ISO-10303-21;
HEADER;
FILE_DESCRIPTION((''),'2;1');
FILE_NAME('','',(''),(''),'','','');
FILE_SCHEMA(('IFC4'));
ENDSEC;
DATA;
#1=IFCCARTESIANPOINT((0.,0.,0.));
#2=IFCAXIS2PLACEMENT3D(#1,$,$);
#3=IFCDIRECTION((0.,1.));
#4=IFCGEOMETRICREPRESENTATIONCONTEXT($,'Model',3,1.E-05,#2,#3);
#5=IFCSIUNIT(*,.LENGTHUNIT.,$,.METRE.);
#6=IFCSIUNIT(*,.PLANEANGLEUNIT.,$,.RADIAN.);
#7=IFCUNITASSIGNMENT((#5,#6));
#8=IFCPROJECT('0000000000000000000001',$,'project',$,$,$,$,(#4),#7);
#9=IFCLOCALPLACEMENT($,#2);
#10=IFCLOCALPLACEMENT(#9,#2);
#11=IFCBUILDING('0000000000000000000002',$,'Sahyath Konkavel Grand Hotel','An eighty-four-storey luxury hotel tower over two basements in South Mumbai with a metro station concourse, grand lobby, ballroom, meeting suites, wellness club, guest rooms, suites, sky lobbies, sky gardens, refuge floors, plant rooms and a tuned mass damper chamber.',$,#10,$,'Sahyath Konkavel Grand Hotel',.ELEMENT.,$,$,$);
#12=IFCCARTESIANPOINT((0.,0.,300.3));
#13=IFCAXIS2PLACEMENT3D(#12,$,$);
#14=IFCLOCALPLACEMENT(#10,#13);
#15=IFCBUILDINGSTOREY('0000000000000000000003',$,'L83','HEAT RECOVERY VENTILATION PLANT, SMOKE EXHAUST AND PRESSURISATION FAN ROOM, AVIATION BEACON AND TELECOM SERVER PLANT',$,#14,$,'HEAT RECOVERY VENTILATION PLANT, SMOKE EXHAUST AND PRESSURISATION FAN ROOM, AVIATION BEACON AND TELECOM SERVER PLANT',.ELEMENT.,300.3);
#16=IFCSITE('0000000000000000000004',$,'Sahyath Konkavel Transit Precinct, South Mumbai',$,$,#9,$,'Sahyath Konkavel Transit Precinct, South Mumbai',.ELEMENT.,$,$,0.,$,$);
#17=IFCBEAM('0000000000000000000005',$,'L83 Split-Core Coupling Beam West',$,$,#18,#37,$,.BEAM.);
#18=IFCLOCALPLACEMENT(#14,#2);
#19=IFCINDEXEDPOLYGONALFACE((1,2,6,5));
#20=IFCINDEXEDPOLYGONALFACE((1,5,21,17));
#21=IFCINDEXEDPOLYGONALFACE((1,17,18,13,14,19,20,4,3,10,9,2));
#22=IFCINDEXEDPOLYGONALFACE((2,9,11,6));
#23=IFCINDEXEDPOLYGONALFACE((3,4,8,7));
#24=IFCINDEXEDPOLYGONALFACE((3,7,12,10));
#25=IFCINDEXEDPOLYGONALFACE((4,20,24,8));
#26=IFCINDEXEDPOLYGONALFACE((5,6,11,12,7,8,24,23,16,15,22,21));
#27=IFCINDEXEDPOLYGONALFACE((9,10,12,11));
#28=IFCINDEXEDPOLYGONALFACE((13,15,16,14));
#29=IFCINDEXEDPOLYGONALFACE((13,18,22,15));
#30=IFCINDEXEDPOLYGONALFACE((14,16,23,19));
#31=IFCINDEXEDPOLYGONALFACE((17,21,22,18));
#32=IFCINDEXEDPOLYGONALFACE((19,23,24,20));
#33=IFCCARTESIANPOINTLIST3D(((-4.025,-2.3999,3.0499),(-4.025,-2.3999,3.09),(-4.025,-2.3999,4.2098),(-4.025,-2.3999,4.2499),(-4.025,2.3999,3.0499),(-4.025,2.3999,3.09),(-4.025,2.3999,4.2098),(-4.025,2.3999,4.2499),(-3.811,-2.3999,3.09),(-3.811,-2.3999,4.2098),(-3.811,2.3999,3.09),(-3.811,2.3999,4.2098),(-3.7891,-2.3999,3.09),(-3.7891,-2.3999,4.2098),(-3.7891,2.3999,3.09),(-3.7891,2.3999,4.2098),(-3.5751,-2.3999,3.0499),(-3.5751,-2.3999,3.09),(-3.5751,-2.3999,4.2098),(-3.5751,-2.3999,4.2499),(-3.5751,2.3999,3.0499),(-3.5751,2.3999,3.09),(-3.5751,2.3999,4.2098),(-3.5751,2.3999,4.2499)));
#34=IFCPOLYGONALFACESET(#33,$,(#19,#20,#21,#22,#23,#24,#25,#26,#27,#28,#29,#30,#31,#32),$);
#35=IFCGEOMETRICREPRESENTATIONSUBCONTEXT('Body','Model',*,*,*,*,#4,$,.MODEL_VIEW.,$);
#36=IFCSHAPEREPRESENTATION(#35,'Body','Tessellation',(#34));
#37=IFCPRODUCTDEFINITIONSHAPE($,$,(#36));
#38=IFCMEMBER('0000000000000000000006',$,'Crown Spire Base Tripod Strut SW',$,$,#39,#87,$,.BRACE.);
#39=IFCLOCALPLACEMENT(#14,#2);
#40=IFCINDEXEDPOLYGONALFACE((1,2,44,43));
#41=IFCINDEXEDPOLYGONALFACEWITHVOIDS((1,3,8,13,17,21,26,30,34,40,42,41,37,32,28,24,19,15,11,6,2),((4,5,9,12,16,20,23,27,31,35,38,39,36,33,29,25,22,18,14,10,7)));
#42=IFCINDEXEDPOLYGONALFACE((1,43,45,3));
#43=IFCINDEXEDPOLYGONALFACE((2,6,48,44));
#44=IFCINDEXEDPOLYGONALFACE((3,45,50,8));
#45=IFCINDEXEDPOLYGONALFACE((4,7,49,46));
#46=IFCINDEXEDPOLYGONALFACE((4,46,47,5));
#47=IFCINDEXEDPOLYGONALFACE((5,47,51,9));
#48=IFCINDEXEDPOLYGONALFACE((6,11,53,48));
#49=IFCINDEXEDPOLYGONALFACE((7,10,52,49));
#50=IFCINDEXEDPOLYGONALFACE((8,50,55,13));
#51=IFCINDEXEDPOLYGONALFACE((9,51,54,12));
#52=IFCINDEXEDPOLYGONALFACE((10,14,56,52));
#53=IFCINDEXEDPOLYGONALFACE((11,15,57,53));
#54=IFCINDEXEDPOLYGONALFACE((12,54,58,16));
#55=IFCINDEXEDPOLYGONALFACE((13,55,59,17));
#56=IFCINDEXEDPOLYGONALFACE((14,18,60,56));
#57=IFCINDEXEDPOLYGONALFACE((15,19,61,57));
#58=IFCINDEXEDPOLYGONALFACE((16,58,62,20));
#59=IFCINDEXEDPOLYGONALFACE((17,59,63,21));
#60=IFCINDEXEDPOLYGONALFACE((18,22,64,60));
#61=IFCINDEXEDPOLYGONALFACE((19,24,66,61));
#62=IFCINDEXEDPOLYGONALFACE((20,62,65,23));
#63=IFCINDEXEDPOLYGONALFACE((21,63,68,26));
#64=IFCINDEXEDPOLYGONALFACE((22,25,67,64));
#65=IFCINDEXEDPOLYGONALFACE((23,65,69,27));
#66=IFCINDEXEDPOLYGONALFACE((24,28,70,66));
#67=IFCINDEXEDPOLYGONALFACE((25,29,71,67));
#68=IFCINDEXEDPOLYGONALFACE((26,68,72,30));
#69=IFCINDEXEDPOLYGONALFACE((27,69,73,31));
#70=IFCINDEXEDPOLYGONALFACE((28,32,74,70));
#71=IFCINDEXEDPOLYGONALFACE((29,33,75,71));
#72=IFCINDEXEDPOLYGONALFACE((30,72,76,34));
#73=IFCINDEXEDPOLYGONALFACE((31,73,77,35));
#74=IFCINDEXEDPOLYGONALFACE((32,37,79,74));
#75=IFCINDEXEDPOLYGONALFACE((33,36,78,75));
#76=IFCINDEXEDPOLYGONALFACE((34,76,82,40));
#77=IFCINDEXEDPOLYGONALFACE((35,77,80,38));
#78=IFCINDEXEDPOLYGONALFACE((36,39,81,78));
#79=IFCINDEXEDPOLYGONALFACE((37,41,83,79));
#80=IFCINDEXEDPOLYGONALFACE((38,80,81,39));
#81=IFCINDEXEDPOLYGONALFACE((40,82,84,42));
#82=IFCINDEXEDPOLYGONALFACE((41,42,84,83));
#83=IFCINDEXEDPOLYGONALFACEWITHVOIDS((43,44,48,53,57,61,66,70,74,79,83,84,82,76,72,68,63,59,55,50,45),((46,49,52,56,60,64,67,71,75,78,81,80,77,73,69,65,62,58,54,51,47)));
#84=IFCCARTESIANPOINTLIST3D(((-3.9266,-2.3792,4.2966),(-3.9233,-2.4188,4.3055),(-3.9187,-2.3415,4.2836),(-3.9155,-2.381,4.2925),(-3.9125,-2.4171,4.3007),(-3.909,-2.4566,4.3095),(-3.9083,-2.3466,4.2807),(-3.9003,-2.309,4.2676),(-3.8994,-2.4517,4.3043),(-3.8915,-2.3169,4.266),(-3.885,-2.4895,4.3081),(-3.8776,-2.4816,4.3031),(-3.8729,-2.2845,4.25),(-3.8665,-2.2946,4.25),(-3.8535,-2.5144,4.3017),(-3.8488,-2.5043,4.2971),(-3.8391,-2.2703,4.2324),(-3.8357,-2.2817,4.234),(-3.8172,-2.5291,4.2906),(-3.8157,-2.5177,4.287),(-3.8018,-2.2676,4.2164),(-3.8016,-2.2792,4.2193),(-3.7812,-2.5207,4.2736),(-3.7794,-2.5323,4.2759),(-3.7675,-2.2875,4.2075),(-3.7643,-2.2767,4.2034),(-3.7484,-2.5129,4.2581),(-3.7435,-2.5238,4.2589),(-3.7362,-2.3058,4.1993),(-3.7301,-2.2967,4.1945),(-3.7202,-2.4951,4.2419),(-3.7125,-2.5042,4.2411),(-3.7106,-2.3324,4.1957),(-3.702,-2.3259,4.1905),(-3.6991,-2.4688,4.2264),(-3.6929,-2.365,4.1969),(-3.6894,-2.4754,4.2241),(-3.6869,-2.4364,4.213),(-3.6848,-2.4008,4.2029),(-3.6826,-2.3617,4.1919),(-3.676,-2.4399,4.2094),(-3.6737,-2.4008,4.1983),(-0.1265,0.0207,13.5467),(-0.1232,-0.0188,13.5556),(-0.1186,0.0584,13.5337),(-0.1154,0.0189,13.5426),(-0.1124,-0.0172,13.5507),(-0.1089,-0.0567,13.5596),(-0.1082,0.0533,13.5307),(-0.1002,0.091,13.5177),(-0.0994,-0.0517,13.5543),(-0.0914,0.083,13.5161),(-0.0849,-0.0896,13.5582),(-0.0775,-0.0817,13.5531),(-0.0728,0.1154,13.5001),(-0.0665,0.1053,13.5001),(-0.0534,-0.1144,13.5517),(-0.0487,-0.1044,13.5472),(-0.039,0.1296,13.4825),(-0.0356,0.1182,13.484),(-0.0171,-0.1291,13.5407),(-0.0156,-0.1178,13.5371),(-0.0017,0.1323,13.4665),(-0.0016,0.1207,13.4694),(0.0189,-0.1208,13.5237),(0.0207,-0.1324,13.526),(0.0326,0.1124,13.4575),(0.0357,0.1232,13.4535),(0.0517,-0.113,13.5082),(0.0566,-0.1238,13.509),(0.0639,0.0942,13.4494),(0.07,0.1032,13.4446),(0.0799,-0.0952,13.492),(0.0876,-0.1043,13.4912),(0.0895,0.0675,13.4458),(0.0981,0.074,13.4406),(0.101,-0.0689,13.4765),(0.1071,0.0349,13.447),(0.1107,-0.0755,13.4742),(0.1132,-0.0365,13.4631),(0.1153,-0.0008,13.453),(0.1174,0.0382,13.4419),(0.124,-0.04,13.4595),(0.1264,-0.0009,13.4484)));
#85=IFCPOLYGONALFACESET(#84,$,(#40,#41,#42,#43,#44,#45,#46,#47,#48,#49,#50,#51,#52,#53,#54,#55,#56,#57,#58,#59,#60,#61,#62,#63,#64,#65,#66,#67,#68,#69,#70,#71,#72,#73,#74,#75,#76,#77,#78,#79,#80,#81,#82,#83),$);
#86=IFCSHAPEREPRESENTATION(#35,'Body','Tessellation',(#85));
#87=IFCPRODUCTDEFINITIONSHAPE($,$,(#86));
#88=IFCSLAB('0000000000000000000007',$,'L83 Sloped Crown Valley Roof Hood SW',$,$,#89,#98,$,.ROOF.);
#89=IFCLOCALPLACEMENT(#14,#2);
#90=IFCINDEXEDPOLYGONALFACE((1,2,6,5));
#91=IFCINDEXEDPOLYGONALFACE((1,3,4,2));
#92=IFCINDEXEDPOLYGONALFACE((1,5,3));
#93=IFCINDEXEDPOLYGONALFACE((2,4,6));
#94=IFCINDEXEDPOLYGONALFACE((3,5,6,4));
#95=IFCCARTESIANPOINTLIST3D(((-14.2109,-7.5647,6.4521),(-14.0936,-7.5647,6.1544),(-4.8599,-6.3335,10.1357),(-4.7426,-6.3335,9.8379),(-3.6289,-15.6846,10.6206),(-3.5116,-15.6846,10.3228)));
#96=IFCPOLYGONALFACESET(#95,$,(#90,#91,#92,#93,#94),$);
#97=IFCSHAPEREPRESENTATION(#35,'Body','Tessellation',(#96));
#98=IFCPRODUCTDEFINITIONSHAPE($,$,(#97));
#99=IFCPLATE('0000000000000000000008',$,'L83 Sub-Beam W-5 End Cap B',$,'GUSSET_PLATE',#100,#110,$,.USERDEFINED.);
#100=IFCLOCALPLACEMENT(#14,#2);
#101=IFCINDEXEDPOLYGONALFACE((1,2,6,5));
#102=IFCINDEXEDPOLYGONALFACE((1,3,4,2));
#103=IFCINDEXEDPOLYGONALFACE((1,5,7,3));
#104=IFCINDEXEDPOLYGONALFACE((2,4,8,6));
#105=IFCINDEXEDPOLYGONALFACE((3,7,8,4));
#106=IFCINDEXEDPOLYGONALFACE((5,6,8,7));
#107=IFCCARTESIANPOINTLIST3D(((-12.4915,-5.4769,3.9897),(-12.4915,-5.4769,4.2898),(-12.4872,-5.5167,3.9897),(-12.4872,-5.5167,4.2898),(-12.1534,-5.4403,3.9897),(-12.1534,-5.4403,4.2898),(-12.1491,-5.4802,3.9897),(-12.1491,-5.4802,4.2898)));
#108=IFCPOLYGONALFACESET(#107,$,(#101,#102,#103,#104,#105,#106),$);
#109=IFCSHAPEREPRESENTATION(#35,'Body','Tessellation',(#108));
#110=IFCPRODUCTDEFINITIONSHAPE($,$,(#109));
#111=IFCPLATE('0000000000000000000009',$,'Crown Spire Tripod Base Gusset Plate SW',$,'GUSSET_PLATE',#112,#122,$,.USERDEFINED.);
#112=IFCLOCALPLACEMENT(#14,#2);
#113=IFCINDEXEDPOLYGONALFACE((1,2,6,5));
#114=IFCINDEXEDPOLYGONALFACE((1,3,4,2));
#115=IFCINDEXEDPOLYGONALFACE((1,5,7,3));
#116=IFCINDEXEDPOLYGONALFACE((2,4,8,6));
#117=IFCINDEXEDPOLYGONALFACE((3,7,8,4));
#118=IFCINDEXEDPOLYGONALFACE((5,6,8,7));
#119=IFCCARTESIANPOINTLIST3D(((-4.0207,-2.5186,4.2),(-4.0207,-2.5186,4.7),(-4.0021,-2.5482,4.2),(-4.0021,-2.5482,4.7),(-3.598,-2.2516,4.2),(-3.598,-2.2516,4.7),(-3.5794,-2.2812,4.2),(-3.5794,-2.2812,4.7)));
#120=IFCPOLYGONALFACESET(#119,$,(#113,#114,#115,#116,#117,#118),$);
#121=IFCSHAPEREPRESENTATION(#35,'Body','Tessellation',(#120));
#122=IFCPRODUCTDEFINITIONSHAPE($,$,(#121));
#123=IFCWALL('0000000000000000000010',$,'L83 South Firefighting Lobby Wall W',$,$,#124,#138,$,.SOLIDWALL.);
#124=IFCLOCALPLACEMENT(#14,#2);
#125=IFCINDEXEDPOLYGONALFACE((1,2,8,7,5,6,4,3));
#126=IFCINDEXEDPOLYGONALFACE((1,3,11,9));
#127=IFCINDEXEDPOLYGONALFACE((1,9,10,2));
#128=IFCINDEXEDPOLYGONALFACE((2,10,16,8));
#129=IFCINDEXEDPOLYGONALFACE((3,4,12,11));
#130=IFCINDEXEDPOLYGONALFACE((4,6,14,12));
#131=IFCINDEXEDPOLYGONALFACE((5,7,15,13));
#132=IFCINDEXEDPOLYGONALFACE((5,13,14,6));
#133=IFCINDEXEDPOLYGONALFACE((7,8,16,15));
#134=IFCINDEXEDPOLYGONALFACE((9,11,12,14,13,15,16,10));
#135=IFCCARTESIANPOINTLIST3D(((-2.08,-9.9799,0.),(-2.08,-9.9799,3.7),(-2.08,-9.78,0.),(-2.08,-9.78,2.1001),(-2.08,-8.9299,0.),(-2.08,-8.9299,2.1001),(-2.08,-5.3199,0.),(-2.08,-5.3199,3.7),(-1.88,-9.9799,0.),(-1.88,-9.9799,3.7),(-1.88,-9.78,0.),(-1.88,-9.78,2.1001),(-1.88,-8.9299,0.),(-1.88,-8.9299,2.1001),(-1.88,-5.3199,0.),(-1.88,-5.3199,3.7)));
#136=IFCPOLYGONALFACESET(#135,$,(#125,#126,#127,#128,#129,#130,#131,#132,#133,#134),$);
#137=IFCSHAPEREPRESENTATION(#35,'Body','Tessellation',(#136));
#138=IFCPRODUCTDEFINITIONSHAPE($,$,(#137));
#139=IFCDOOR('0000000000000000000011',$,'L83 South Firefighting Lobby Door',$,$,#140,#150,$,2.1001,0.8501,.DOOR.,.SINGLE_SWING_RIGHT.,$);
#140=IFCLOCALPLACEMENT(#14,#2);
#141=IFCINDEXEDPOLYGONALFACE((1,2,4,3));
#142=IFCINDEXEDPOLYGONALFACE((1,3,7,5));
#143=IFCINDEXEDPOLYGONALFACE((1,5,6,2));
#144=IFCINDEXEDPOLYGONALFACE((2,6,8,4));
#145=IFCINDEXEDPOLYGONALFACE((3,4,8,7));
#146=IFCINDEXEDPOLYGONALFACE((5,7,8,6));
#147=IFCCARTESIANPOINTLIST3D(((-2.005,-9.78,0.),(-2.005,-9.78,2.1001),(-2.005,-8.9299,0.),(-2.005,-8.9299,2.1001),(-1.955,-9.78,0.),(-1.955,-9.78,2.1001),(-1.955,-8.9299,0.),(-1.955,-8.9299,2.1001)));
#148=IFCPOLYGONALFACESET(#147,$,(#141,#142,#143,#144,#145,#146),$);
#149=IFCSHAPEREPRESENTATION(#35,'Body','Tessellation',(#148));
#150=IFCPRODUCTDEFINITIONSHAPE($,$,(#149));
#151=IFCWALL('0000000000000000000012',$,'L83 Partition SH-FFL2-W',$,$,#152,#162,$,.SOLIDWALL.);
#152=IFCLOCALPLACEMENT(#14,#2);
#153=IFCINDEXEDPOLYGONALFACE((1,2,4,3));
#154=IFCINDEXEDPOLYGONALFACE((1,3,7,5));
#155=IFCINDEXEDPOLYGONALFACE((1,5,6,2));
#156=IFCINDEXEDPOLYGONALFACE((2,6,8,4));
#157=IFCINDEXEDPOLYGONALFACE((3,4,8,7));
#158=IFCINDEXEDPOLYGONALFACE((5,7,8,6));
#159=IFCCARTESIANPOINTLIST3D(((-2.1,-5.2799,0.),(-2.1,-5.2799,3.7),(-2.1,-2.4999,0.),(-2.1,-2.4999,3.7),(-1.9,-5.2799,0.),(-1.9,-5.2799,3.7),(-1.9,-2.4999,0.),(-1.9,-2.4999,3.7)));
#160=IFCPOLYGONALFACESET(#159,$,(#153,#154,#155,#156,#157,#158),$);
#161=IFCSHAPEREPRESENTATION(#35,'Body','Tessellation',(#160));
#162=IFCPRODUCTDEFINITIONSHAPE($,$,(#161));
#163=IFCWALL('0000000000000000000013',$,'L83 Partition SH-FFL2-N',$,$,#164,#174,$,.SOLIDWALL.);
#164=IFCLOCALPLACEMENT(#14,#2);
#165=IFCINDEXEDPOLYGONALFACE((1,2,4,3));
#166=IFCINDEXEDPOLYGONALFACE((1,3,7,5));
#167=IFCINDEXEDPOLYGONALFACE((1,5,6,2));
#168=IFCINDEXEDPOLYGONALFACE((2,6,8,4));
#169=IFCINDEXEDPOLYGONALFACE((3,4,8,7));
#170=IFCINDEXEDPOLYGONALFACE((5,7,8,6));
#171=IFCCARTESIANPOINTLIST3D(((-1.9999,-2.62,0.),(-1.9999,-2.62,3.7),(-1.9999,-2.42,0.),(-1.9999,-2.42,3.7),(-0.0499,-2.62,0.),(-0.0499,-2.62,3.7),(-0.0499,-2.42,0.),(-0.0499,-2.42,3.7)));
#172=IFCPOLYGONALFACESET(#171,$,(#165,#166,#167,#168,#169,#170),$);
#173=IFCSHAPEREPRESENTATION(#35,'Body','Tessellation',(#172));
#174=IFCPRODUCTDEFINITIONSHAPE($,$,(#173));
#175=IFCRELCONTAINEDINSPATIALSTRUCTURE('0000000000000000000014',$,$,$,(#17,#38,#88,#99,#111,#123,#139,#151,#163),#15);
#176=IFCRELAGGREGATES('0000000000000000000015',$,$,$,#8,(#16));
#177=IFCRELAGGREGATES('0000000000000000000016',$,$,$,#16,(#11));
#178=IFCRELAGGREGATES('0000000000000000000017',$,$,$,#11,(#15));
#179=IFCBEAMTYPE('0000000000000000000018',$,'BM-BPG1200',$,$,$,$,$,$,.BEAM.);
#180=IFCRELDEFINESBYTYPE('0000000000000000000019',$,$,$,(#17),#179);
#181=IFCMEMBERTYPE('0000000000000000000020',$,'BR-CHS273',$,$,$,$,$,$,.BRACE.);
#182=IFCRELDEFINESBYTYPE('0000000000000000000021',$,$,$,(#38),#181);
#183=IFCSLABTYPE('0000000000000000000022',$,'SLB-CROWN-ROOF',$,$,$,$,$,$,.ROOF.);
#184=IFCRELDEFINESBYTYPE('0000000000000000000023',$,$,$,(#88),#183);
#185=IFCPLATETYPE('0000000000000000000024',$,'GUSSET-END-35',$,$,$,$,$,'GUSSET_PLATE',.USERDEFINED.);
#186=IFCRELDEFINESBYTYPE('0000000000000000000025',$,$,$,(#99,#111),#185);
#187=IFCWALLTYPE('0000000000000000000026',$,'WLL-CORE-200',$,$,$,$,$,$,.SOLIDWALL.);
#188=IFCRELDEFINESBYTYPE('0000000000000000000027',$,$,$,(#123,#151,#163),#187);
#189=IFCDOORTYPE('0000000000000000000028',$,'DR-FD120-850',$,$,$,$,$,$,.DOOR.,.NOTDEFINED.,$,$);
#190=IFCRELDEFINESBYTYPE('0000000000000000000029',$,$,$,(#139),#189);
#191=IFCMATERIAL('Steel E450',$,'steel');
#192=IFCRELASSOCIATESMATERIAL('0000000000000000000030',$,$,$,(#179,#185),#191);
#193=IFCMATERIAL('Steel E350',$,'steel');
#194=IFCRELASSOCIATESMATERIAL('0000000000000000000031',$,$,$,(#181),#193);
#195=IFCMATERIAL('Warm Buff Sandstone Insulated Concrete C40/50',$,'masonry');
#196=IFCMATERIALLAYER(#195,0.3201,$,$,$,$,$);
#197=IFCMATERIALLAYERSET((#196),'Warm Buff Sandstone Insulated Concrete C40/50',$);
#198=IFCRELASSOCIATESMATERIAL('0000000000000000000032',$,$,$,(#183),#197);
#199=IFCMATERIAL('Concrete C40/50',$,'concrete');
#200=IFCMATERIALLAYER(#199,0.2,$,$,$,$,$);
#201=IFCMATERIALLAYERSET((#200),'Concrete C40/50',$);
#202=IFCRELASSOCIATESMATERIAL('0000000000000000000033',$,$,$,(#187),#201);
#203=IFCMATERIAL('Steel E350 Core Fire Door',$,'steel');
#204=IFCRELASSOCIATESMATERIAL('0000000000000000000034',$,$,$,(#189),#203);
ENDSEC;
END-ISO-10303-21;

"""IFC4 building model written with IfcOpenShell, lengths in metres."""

from ifc_helpers import new_model, si_unit, direction, frame, frame_2d, origin, origin_2d, place, context, subcontext, project, spatial, polyline, rectangle, hollow_circle, i_section, outline, extrude, source, transform, mapped, material, layer, layer_set, material_profile, profile_set, type_object, element, fill, save


model = new_model("IFC4")

# Units and contexts
model_context = context("Model", 3, precision=1e-05, world=origin(), true_north=direction((0.0, 1.0)))
body_context = subcontext(model_context, "Body", "Model", "MODEL_VIEW")
ifc_project = project(units=[si_unit("LENGTHUNIT", "METRE"), si_unit("PLANEANGLEUNIT", "RADIAN")], contexts=[model_context])

# Site, building, storey
site_placement = place(None, origin())
site = spatial("IfcSite", under=ifc_project, at=site_placement, Name="Sahyath Konkavel Transit Precinct, South Mumbai", LongName="Sahyath Konkavel Transit Precinct, South Mumbai", CompositionType="ELEMENT", RefElevation=0.0)
building_placement = place(site_placement, origin())
building = spatial("IfcBuilding", under=site, at=building_placement, Name="Sahyath Konkavel Grand Hotel", Description="An eighty-four-storey luxury hotel tower over two basements in South Mumbai with a metro station concourse, grand lobby, ballroom, meeting suites, wellness club, guest rooms, suites, sky lobbies, sky gardens, refuge floors, plant rooms and a tuned mass damper chamber.", LongName="Sahyath Konkavel Grand Hotel", CompositionType="ELEMENT")
storey_placement = place(building_placement, frame((0.0, 0.0, 300.3)))
storey = spatial("IfcBuildingStorey", under=building, at=storey_placement, Name="L83", Description="HEAT RECOVERY VENTILATION PLANT, SMOKE EXHAUST AND PRESSURISATION FAN ROOM, AVIATION BEACON AND TELECOM SERVER PLANT", LongName="HEAT RECOVERY VENTILATION PLANT, SMOKE EXHAUST AND PRESSURISATION FAN ROOM, AVIATION BEACON AND TELECOM SERVER PLANT", CompositionType="ELEMENT", Elevation=300.3)

# Shared definitions
ifc_material_1 = material(Name="Concrete C40/50", Category="concrete")
ifc_material_2 = material(Name="Steel E350", Category="steel")

# Beam
ifc_material_3 = material(Name="Steel E450", Category="steel")
ifc_material_profile_1 = material_profile(ifc_material_3, i_section(OverallWidth=0.45, OverallDepth=1.2, WebThickness=0.022, FlangeThickness=0.04, at=origin_2d()), Name="BPG 1200x450")
ifc_profile_set_1 = profile_set([ifc_material_profile_1], Name="Steel E450")
beam_type_1 = type_object("IfcBeamType", Name="BM-BPG1200", PredefinedType="BEAM", material=ifc_profile_set_1)
shared_shape_1 = source(origin(), body_context, "Body", "SweptSolid", [
    extrude(i_section(OverallWidth=0.45, OverallDepth=1.2, WebThickness=0.022, FlangeThickness=0.04, at=origin_2d()), origin(), (0.0, 0.0, 1.0), 4.7998),
])
beam_1_placement = place(storey_placement, frame((-3.8, -2.3999, 3.6499), z_axis=(0.0, 1.0, 0.0), x_axis=(-1.0, 0.0, 0.0)))
element("IfcBeam", 1, at=beam_1_placement, inside=storey, type_object=beam_type_1, Name="L83 Split-Core Coupling Beam West", PredefinedType="BEAM", context=body_context, shape_type="MappedRepresentation", body=[
    mapped(shared_shape_1, transform((0.0, 0.0, 0.0), scale=1.0)),
])

# Member
ifc_material_profile_2 = material_profile(ifc_material_2, hollow_circle(Radius=0.1365, WallThickness=0.012, at=origin_2d()), Name="CHS 273.0x12")
ifc_profile_set_2 = profile_set([ifc_material_profile_2], Name="Steel E350")
member_type = type_object("IfcMemberType", Name="BR-CHS273", PredefinedType="BRACE", material=ifc_profile_set_2)
shared_shape_2 = source(origin(), body_context, "Body", "SweptSolid", [
    extrude(hollow_circle(Radius=0.1365, WallThickness=0.012, at=origin_2d()), origin(), (0.0, 0.0, 1.0), 10.2842),
])
member_placement = place(storey_placement, frame((-3.8, -2.3999, 4.25), z_axis=(0.369508, 0.233361, 0.899448), x_axis=(-0.533973, 0.845502, 0.0)))
element("IfcMember", 2, at=member_placement, inside=storey, type_object=member_type, Name="Crown Spire Base Tripod Strut SW", PredefinedType="BRACE", context=body_context, shape_type="MappedRepresentation", body=[
    mapped(shared_shape_2, transform((0.0, 0.0, 0.0), scale=1.0)),
])

# Slab
ifc_material_4 = material(Name="Warm Buff Sandstone Insulated Concrete C40/50", Category="masonry")
ifc_layer_1 = layer(ifc_material_4, 0.3201)
ifc_layer_set_1 = layer_set([ifc_layer_1], Name="Warm Buff Sandstone Insulated Concrete C40/50")
slab_type = type_object("IfcSlabType", Name="SLB-CROWN-ROOF", PredefinedType="ROOF", material=ifc_layer_set_1)
slab_placement = place(storey_placement, frame((-14.2109, -7.5647, 6.4521), z_axis=(-0.36651, -0.000004, 0.930414), x_axis=(0.92351, 0.121593, 0.363791)))
element("IfcSlab", 3, at=slab_placement, inside=storey, type_object=slab_type, Name="L83 Sloped Crown Valley Roof Hood SW", PredefinedType="ROOF", context=body_context, shape_type="SweptSolid", body=[
    extrude(outline(polyline([(0.0, 0.0), (10.1256, 0.0), (10.3017, -9.4426), (0.0, 0.0)])), origin(), (0.0, 0.0, -1.0), 0.3201),
])

# Plates
plate_type = type_object("IfcPlateType", Name="GUSSET-END-35", ElementType="GUSSET_PLATE", PredefinedType="USERDEFINED", material=ifc_material_3)
shared_shape_3 = source(origin(), body_context, "Body", "SweptSolid", [
    extrude(rectangle(XDim=0.04, YDim=0.3401, at=origin_2d()), origin(), (0.0, 0.0, 1.0), 0.3),
])
plate_1_placement = place(storey_placement, frame((-12.3203, -5.4785, 3.9897), z_axis=(0.0, 0.0, 1.0), x_axis=(0.107427, -0.994213, 0.0)))
element("IfcPlate", 4, at=plate_1_placement, inside=storey, type_object=plate_type, Name="L83 Sub-Beam W-5 End Cap B", ObjectType="GUSSET_PLATE", PredefinedType="USERDEFINED", context=body_context, shape_type="MappedRepresentation", body=[
    mapped(shared_shape_3, transform((0.0, 0.0, 0.0), scale=1.0)),
])
shared_shape_4 = source(origin(), body_context, "Body", "SweptSolid", [
    extrude(rectangle(XDim=0.5, YDim=0.0349, at=origin_2d()), origin(), (0.0, 0.0, 1.0), 0.5),
])
plate_2_placement = place(storey_placement, frame((-3.8, -2.3999, 4.2), z_axis=(0.0, 0.0, 1.0), x_axis=(0.845486, 0.533998, 0.0)))
element("IfcPlate", 5, at=plate_2_placement, inside=storey, type_object=plate_type, Name="Crown Spire Tripod Base Gusset Plate SW", ObjectType="GUSSET_PLATE", PredefinedType="USERDEFINED", context=body_context, shape_type="MappedRepresentation", body=[
    mapped(shared_shape_4, transform((0.0, 0.0, 0.0), scale=1.0)),
])

# Wall, opening, door
ifc_layer_2 = layer(ifc_material_1, 0.2)
ifc_layer_set_2 = layer_set([ifc_layer_2], Name="Concrete C40/50")
wall_type_1 = type_object("IfcWallType", Name="WLL-CORE-200", PredefinedType="SOLIDWALL", material=ifc_layer_set_2)
wall_1_placement = place(storey_placement, frame((-1.98, -9.98, 0.0), z_axis=(0.0, 0.0, 1.0), x_axis=(0.0, 1.0, 0.0)))
wall_1 = element("IfcWall", 6, at=wall_1_placement, inside=storey, type_object=wall_type_1, Name="L83 South Firefighting Lobby Wall W", PredefinedType="SOLIDWALL", context=body_context, shape_type="SweptSolid", body=[
    extrude(rectangle(XDim=4.6599, YDim=0.2, at=frame_2d((2.3301, 0.0))), origin(), (0.0, 0.0, 1.0), 3.7),
])
opening_1_placement = place(wall_1_placement, frame((0.2, 0.0, 0.0)))
opening_1 = element("IfcOpeningElement", 7, at=opening_1_placement, cuts=wall_1, PredefinedType="OPENING", context=body_context, shape_type="SweptSolid", body=[
    extrude(rectangle(XDim=0.8501, YDim=2.1001, at=frame_2d((0.425, 1.05))), frame((0.0, 0.1099, 0.0), z_axis=(0.0, -1.0, 0.0), x_axis=(1.0, 0.0, 0.0)), (0.0, 0.0, 1.0), 0.22),
])
ifc_material_5 = material(Name="Steel E350 Core Fire Door", Category="steel")
door_type_1 = type_object("IfcDoorType", Name="DR-FD120-850", OperationType="NOTDEFINED", PredefinedType="DOOR", material=ifc_material_5)
shared_shape_5 = source(origin(), body_context, "Body", "SweptSolid", [
    extrude(rectangle(XDim=0.8501, YDim=0.05, at=origin_2d()), origin(), (0.0, 0.0, 1.0), 2.1001),
])
door_1_placement = place(opening_1_placement, frame((0.425, 0.0, 0.0)))
door_1 = element("IfcDoor", 8, at=door_1_placement, inside=storey, type_object=door_type_1, Name="L83 South Firefighting Lobby Door", OperationType="SINGLE_SWING_RIGHT", OverallHeight=2.1001, OverallWidth=0.8501, PredefinedType="DOOR", context=body_context, shape_type="MappedRepresentation", body=[
    mapped(shared_shape_5, transform((0.0, 0.0, 0.0), scale=1.0)),
])
fill(opening_1, door_1)

# Walls
wall_2_placement = place(storey_placement, frame((-2.0, -5.28, 0.0), z_axis=(0.0, 0.0, 1.0), x_axis=(0.0, 1.0, 0.0)))
element("IfcWall", 9, at=wall_2_placement, inside=storey, type_object=wall_type_1, Name="L83 Partition SH-FFL2-W", PredefinedType="SOLIDWALL", context=body_context, shape_type="SweptSolid", body=[
    extrude(rectangle(XDim=2.78, YDim=0.2, at=frame_2d((1.3901, 0.0))), origin(), (0.0, 0.0, 1.0), 3.7),
])
wall_3_placement = place(storey_placement, frame((-2.0, -2.52, 0.0), z_axis=(0.0, 0.0, 1.0), x_axis=(1.0, 0.0, 0.0)))
element("IfcWall", 10, at=wall_3_placement, inside=storey, type_object=wall_type_1, Name="L83 Partition SH-FFL2-N", PredefinedType="SOLIDWALL", context=body_context, shape_type="SweptSolid", body=[
    extrude(rectangle(XDim=1.95, YDim=0.2, at=frame_2d((0.9751, 0.0))), origin(), (0.0, 0.0, 1.0), 3.7),
])

save(model, "model.ifc")
